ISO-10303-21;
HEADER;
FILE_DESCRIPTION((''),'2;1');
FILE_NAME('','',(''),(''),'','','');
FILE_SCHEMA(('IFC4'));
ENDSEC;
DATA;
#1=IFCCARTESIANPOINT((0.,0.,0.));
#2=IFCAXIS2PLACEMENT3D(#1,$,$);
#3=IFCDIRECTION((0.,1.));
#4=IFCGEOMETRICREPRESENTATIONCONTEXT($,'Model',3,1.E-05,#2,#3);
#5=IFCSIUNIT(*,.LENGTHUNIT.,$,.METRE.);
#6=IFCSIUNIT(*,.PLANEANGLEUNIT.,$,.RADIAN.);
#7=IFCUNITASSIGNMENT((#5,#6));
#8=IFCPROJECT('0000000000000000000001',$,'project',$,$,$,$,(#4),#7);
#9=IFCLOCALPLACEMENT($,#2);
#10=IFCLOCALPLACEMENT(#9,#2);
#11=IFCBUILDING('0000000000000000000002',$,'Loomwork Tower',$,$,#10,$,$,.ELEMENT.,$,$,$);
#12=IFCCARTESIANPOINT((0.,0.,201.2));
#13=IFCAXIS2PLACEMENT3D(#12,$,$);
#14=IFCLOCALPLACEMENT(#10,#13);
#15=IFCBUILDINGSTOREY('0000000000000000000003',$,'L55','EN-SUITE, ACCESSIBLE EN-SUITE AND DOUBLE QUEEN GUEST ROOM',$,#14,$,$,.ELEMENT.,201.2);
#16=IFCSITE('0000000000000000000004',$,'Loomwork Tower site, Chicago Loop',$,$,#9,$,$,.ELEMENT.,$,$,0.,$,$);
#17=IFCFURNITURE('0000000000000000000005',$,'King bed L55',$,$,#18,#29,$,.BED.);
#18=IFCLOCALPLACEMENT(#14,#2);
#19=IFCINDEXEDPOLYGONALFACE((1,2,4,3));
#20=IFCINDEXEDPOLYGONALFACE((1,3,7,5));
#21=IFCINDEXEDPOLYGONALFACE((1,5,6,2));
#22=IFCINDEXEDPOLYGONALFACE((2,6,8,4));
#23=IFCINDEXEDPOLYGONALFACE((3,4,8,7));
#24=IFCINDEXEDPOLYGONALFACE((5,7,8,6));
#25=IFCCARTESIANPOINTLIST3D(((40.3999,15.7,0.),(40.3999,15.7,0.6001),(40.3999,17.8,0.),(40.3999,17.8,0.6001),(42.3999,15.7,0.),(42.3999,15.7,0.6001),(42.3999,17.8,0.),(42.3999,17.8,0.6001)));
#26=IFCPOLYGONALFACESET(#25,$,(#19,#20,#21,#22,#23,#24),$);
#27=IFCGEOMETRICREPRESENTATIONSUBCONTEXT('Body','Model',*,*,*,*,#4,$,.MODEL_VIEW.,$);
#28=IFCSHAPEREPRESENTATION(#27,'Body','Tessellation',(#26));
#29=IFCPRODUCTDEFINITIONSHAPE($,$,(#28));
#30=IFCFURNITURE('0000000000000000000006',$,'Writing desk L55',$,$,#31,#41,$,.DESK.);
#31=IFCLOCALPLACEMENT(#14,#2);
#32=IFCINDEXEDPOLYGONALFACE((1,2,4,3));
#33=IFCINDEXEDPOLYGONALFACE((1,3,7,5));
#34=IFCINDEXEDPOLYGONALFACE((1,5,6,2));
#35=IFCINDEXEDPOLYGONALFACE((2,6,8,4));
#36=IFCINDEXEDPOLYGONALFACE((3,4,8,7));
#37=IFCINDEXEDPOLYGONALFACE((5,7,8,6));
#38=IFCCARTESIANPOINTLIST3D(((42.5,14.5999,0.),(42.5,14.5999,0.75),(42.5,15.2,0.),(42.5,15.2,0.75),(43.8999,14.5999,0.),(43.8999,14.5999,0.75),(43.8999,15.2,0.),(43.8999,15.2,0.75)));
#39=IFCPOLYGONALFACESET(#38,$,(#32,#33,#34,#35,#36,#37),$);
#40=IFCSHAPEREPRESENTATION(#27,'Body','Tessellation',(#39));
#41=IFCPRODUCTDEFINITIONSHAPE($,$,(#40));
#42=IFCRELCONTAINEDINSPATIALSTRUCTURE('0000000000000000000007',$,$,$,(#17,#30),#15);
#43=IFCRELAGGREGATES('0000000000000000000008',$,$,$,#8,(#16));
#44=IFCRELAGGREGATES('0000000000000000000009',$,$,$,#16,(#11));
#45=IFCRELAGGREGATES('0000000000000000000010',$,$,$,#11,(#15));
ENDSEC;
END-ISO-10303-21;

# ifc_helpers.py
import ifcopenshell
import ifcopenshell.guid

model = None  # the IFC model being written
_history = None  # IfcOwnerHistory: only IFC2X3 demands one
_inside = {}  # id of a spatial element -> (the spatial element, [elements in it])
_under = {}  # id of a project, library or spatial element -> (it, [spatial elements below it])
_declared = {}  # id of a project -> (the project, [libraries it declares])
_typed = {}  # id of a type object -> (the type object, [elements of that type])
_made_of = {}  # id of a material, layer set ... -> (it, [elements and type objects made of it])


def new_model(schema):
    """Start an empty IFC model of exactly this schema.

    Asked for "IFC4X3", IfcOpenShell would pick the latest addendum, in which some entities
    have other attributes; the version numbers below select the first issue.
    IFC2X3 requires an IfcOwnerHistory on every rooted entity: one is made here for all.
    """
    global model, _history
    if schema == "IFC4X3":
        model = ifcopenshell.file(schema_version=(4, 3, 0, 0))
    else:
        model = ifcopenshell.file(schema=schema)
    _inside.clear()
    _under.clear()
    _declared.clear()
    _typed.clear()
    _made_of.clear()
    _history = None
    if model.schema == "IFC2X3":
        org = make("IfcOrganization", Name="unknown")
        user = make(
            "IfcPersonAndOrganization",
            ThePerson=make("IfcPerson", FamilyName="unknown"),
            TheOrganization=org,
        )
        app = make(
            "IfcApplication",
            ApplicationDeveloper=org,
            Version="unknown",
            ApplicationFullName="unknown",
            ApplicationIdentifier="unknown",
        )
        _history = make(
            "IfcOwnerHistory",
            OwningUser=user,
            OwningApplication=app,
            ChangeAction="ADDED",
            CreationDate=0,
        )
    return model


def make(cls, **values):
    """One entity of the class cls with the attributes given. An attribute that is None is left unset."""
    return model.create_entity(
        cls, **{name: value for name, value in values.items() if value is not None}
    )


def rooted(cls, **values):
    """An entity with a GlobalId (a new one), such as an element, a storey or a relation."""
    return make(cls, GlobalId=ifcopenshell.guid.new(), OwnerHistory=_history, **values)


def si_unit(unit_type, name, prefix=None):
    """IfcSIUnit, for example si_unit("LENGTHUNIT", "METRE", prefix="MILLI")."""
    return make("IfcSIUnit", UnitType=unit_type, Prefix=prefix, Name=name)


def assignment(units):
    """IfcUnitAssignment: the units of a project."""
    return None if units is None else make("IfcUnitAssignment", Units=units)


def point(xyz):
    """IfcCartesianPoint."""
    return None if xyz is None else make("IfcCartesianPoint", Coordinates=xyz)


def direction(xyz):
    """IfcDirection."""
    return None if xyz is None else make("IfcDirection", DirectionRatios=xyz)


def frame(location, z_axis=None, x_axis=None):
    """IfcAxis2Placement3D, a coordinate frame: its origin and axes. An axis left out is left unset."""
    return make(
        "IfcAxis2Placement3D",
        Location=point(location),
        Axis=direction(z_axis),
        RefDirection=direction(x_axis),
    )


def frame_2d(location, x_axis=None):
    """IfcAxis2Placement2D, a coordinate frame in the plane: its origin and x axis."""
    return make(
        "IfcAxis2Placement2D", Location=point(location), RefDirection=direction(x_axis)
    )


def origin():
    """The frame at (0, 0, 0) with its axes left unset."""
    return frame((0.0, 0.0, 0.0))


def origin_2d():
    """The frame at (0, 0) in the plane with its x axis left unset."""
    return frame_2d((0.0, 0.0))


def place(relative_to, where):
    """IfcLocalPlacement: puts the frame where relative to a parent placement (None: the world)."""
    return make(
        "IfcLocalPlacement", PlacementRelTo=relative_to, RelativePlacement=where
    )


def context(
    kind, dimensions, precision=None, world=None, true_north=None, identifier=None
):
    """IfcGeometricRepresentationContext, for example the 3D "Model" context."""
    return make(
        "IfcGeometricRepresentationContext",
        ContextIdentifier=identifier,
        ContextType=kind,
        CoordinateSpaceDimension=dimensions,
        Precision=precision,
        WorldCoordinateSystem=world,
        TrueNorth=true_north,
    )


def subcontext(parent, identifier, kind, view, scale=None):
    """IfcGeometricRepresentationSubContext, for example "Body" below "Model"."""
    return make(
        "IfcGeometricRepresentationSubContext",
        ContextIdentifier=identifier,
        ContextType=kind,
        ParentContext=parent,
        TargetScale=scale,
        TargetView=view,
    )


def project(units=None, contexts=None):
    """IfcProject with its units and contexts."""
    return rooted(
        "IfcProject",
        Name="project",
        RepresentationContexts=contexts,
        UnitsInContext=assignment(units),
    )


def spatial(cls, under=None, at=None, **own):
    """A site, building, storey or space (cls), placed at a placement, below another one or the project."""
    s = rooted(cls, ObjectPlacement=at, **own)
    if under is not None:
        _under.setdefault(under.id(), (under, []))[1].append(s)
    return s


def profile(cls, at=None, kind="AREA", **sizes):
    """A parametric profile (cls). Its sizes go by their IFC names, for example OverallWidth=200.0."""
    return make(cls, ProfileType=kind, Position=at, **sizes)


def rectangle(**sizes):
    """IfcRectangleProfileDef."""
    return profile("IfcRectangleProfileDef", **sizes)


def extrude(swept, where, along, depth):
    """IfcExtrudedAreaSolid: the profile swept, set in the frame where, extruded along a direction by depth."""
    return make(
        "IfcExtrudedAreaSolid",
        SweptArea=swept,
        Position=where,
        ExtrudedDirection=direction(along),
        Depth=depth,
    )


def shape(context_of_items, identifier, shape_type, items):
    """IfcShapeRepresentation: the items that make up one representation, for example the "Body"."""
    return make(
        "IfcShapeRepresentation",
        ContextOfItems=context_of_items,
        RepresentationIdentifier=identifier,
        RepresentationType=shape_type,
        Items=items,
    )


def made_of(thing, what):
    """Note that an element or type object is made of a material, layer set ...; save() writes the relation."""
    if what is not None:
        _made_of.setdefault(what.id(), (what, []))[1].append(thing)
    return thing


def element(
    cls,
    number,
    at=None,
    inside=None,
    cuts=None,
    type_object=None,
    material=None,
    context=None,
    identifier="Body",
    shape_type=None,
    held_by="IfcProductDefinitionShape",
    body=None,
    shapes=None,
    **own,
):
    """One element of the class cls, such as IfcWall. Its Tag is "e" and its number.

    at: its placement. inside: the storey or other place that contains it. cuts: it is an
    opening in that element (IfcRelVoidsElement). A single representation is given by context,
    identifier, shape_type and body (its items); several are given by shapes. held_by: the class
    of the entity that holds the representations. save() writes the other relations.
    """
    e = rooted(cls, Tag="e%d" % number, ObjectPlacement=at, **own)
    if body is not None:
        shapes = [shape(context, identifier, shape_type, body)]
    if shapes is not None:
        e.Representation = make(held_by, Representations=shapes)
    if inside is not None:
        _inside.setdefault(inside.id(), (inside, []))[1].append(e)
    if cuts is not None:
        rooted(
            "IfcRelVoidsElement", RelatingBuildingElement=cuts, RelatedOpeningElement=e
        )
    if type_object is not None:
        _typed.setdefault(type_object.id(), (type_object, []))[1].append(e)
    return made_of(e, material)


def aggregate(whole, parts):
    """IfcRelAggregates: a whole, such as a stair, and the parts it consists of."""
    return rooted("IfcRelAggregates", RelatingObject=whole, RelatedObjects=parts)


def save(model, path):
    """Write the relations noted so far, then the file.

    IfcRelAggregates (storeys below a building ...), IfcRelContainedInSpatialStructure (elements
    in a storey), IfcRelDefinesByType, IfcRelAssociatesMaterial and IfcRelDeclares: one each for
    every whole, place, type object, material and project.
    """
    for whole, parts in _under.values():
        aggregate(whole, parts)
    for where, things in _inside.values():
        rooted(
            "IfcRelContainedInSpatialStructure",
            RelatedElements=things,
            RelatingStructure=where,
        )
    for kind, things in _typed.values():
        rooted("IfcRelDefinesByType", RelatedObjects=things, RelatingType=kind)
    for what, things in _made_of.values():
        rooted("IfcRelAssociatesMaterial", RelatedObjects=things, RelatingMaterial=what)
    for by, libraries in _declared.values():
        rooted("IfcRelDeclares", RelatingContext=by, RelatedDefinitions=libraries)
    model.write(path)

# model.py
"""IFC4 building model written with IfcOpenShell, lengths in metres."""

from ifc_helpers import new_model, si_unit, direction, frame, origin, origin_2d, place, context, subcontext, project, spatial, rectangle, extrude, element, save


model = new_model("IFC4")

# Units and contexts
model_context = context("Model", 3, precision=1e-05, world=origin(), true_north=direction((0.0, 1.0)))
body_context = subcontext(model_context, "Body", "Model", "MODEL_VIEW")
ifc_project = project(units=[si_unit("LENGTHUNIT", "METRE"), si_unit("PLANEANGLEUNIT", "RADIAN")], contexts=[model_context])

# Site, building, storey
site_placement = place(None, origin())
site = spatial("IfcSite", under=ifc_project, at=site_placement, Name="Loomwork Tower site, Chicago Loop", CompositionType="ELEMENT", RefElevation=0.0)
building_placement = place(site_placement, origin())
building = spatial("IfcBuilding", under=site, at=building_placement, Name="Loomwork Tower", CompositionType="ELEMENT")
storey_placement = place(building_placement, frame((0.0, 0.0, 201.2)))
storey = spatial("IfcBuildingStorey", under=building, at=storey_placement, Name="L55", Description="EN-SUITE, ACCESSIBLE EN-SUITE AND DOUBLE QUEEN GUEST ROOM", CompositionType="ELEMENT", Elevation=201.2)

# Furniture
furniture_1_placement = place(storey_placement, frame((41.3999, 16.75, 0.0), z_axis=(0.0, 0.0, 1.0), x_axis=(1.0, 0.0, 0.0)))
element("IfcFurniture", 1, at=furniture_1_placement, inside=storey, Name="King bed L55", PredefinedType="BED", context=body_context, shape_type="SweptSolid", body=[
    extrude(rectangle(XDim=2.0, YDim=2.1001, at=origin_2d()), origin(), (0.0, 0.0, 1.0), 0.6001),
])
furniture_2_placement = place(storey_placement, frame((43.2, 14.8999, 0.0), z_axis=(0.0, 0.0, 1.0), x_axis=(1.0, 0.0, 0.0)))
element("IfcFurniture", 2, at=furniture_2_placement, inside=storey, Name="Writing desk L55", PredefinedType="DESK", context=body_context, shape_type="SweptSolid", body=[
    extrude(rectangle(XDim=1.3999, YDim=0.6001, at=origin_2d()), origin(), (0.0, 0.0, 1.0), 0.75),
])

save(model, "model.ifc")
